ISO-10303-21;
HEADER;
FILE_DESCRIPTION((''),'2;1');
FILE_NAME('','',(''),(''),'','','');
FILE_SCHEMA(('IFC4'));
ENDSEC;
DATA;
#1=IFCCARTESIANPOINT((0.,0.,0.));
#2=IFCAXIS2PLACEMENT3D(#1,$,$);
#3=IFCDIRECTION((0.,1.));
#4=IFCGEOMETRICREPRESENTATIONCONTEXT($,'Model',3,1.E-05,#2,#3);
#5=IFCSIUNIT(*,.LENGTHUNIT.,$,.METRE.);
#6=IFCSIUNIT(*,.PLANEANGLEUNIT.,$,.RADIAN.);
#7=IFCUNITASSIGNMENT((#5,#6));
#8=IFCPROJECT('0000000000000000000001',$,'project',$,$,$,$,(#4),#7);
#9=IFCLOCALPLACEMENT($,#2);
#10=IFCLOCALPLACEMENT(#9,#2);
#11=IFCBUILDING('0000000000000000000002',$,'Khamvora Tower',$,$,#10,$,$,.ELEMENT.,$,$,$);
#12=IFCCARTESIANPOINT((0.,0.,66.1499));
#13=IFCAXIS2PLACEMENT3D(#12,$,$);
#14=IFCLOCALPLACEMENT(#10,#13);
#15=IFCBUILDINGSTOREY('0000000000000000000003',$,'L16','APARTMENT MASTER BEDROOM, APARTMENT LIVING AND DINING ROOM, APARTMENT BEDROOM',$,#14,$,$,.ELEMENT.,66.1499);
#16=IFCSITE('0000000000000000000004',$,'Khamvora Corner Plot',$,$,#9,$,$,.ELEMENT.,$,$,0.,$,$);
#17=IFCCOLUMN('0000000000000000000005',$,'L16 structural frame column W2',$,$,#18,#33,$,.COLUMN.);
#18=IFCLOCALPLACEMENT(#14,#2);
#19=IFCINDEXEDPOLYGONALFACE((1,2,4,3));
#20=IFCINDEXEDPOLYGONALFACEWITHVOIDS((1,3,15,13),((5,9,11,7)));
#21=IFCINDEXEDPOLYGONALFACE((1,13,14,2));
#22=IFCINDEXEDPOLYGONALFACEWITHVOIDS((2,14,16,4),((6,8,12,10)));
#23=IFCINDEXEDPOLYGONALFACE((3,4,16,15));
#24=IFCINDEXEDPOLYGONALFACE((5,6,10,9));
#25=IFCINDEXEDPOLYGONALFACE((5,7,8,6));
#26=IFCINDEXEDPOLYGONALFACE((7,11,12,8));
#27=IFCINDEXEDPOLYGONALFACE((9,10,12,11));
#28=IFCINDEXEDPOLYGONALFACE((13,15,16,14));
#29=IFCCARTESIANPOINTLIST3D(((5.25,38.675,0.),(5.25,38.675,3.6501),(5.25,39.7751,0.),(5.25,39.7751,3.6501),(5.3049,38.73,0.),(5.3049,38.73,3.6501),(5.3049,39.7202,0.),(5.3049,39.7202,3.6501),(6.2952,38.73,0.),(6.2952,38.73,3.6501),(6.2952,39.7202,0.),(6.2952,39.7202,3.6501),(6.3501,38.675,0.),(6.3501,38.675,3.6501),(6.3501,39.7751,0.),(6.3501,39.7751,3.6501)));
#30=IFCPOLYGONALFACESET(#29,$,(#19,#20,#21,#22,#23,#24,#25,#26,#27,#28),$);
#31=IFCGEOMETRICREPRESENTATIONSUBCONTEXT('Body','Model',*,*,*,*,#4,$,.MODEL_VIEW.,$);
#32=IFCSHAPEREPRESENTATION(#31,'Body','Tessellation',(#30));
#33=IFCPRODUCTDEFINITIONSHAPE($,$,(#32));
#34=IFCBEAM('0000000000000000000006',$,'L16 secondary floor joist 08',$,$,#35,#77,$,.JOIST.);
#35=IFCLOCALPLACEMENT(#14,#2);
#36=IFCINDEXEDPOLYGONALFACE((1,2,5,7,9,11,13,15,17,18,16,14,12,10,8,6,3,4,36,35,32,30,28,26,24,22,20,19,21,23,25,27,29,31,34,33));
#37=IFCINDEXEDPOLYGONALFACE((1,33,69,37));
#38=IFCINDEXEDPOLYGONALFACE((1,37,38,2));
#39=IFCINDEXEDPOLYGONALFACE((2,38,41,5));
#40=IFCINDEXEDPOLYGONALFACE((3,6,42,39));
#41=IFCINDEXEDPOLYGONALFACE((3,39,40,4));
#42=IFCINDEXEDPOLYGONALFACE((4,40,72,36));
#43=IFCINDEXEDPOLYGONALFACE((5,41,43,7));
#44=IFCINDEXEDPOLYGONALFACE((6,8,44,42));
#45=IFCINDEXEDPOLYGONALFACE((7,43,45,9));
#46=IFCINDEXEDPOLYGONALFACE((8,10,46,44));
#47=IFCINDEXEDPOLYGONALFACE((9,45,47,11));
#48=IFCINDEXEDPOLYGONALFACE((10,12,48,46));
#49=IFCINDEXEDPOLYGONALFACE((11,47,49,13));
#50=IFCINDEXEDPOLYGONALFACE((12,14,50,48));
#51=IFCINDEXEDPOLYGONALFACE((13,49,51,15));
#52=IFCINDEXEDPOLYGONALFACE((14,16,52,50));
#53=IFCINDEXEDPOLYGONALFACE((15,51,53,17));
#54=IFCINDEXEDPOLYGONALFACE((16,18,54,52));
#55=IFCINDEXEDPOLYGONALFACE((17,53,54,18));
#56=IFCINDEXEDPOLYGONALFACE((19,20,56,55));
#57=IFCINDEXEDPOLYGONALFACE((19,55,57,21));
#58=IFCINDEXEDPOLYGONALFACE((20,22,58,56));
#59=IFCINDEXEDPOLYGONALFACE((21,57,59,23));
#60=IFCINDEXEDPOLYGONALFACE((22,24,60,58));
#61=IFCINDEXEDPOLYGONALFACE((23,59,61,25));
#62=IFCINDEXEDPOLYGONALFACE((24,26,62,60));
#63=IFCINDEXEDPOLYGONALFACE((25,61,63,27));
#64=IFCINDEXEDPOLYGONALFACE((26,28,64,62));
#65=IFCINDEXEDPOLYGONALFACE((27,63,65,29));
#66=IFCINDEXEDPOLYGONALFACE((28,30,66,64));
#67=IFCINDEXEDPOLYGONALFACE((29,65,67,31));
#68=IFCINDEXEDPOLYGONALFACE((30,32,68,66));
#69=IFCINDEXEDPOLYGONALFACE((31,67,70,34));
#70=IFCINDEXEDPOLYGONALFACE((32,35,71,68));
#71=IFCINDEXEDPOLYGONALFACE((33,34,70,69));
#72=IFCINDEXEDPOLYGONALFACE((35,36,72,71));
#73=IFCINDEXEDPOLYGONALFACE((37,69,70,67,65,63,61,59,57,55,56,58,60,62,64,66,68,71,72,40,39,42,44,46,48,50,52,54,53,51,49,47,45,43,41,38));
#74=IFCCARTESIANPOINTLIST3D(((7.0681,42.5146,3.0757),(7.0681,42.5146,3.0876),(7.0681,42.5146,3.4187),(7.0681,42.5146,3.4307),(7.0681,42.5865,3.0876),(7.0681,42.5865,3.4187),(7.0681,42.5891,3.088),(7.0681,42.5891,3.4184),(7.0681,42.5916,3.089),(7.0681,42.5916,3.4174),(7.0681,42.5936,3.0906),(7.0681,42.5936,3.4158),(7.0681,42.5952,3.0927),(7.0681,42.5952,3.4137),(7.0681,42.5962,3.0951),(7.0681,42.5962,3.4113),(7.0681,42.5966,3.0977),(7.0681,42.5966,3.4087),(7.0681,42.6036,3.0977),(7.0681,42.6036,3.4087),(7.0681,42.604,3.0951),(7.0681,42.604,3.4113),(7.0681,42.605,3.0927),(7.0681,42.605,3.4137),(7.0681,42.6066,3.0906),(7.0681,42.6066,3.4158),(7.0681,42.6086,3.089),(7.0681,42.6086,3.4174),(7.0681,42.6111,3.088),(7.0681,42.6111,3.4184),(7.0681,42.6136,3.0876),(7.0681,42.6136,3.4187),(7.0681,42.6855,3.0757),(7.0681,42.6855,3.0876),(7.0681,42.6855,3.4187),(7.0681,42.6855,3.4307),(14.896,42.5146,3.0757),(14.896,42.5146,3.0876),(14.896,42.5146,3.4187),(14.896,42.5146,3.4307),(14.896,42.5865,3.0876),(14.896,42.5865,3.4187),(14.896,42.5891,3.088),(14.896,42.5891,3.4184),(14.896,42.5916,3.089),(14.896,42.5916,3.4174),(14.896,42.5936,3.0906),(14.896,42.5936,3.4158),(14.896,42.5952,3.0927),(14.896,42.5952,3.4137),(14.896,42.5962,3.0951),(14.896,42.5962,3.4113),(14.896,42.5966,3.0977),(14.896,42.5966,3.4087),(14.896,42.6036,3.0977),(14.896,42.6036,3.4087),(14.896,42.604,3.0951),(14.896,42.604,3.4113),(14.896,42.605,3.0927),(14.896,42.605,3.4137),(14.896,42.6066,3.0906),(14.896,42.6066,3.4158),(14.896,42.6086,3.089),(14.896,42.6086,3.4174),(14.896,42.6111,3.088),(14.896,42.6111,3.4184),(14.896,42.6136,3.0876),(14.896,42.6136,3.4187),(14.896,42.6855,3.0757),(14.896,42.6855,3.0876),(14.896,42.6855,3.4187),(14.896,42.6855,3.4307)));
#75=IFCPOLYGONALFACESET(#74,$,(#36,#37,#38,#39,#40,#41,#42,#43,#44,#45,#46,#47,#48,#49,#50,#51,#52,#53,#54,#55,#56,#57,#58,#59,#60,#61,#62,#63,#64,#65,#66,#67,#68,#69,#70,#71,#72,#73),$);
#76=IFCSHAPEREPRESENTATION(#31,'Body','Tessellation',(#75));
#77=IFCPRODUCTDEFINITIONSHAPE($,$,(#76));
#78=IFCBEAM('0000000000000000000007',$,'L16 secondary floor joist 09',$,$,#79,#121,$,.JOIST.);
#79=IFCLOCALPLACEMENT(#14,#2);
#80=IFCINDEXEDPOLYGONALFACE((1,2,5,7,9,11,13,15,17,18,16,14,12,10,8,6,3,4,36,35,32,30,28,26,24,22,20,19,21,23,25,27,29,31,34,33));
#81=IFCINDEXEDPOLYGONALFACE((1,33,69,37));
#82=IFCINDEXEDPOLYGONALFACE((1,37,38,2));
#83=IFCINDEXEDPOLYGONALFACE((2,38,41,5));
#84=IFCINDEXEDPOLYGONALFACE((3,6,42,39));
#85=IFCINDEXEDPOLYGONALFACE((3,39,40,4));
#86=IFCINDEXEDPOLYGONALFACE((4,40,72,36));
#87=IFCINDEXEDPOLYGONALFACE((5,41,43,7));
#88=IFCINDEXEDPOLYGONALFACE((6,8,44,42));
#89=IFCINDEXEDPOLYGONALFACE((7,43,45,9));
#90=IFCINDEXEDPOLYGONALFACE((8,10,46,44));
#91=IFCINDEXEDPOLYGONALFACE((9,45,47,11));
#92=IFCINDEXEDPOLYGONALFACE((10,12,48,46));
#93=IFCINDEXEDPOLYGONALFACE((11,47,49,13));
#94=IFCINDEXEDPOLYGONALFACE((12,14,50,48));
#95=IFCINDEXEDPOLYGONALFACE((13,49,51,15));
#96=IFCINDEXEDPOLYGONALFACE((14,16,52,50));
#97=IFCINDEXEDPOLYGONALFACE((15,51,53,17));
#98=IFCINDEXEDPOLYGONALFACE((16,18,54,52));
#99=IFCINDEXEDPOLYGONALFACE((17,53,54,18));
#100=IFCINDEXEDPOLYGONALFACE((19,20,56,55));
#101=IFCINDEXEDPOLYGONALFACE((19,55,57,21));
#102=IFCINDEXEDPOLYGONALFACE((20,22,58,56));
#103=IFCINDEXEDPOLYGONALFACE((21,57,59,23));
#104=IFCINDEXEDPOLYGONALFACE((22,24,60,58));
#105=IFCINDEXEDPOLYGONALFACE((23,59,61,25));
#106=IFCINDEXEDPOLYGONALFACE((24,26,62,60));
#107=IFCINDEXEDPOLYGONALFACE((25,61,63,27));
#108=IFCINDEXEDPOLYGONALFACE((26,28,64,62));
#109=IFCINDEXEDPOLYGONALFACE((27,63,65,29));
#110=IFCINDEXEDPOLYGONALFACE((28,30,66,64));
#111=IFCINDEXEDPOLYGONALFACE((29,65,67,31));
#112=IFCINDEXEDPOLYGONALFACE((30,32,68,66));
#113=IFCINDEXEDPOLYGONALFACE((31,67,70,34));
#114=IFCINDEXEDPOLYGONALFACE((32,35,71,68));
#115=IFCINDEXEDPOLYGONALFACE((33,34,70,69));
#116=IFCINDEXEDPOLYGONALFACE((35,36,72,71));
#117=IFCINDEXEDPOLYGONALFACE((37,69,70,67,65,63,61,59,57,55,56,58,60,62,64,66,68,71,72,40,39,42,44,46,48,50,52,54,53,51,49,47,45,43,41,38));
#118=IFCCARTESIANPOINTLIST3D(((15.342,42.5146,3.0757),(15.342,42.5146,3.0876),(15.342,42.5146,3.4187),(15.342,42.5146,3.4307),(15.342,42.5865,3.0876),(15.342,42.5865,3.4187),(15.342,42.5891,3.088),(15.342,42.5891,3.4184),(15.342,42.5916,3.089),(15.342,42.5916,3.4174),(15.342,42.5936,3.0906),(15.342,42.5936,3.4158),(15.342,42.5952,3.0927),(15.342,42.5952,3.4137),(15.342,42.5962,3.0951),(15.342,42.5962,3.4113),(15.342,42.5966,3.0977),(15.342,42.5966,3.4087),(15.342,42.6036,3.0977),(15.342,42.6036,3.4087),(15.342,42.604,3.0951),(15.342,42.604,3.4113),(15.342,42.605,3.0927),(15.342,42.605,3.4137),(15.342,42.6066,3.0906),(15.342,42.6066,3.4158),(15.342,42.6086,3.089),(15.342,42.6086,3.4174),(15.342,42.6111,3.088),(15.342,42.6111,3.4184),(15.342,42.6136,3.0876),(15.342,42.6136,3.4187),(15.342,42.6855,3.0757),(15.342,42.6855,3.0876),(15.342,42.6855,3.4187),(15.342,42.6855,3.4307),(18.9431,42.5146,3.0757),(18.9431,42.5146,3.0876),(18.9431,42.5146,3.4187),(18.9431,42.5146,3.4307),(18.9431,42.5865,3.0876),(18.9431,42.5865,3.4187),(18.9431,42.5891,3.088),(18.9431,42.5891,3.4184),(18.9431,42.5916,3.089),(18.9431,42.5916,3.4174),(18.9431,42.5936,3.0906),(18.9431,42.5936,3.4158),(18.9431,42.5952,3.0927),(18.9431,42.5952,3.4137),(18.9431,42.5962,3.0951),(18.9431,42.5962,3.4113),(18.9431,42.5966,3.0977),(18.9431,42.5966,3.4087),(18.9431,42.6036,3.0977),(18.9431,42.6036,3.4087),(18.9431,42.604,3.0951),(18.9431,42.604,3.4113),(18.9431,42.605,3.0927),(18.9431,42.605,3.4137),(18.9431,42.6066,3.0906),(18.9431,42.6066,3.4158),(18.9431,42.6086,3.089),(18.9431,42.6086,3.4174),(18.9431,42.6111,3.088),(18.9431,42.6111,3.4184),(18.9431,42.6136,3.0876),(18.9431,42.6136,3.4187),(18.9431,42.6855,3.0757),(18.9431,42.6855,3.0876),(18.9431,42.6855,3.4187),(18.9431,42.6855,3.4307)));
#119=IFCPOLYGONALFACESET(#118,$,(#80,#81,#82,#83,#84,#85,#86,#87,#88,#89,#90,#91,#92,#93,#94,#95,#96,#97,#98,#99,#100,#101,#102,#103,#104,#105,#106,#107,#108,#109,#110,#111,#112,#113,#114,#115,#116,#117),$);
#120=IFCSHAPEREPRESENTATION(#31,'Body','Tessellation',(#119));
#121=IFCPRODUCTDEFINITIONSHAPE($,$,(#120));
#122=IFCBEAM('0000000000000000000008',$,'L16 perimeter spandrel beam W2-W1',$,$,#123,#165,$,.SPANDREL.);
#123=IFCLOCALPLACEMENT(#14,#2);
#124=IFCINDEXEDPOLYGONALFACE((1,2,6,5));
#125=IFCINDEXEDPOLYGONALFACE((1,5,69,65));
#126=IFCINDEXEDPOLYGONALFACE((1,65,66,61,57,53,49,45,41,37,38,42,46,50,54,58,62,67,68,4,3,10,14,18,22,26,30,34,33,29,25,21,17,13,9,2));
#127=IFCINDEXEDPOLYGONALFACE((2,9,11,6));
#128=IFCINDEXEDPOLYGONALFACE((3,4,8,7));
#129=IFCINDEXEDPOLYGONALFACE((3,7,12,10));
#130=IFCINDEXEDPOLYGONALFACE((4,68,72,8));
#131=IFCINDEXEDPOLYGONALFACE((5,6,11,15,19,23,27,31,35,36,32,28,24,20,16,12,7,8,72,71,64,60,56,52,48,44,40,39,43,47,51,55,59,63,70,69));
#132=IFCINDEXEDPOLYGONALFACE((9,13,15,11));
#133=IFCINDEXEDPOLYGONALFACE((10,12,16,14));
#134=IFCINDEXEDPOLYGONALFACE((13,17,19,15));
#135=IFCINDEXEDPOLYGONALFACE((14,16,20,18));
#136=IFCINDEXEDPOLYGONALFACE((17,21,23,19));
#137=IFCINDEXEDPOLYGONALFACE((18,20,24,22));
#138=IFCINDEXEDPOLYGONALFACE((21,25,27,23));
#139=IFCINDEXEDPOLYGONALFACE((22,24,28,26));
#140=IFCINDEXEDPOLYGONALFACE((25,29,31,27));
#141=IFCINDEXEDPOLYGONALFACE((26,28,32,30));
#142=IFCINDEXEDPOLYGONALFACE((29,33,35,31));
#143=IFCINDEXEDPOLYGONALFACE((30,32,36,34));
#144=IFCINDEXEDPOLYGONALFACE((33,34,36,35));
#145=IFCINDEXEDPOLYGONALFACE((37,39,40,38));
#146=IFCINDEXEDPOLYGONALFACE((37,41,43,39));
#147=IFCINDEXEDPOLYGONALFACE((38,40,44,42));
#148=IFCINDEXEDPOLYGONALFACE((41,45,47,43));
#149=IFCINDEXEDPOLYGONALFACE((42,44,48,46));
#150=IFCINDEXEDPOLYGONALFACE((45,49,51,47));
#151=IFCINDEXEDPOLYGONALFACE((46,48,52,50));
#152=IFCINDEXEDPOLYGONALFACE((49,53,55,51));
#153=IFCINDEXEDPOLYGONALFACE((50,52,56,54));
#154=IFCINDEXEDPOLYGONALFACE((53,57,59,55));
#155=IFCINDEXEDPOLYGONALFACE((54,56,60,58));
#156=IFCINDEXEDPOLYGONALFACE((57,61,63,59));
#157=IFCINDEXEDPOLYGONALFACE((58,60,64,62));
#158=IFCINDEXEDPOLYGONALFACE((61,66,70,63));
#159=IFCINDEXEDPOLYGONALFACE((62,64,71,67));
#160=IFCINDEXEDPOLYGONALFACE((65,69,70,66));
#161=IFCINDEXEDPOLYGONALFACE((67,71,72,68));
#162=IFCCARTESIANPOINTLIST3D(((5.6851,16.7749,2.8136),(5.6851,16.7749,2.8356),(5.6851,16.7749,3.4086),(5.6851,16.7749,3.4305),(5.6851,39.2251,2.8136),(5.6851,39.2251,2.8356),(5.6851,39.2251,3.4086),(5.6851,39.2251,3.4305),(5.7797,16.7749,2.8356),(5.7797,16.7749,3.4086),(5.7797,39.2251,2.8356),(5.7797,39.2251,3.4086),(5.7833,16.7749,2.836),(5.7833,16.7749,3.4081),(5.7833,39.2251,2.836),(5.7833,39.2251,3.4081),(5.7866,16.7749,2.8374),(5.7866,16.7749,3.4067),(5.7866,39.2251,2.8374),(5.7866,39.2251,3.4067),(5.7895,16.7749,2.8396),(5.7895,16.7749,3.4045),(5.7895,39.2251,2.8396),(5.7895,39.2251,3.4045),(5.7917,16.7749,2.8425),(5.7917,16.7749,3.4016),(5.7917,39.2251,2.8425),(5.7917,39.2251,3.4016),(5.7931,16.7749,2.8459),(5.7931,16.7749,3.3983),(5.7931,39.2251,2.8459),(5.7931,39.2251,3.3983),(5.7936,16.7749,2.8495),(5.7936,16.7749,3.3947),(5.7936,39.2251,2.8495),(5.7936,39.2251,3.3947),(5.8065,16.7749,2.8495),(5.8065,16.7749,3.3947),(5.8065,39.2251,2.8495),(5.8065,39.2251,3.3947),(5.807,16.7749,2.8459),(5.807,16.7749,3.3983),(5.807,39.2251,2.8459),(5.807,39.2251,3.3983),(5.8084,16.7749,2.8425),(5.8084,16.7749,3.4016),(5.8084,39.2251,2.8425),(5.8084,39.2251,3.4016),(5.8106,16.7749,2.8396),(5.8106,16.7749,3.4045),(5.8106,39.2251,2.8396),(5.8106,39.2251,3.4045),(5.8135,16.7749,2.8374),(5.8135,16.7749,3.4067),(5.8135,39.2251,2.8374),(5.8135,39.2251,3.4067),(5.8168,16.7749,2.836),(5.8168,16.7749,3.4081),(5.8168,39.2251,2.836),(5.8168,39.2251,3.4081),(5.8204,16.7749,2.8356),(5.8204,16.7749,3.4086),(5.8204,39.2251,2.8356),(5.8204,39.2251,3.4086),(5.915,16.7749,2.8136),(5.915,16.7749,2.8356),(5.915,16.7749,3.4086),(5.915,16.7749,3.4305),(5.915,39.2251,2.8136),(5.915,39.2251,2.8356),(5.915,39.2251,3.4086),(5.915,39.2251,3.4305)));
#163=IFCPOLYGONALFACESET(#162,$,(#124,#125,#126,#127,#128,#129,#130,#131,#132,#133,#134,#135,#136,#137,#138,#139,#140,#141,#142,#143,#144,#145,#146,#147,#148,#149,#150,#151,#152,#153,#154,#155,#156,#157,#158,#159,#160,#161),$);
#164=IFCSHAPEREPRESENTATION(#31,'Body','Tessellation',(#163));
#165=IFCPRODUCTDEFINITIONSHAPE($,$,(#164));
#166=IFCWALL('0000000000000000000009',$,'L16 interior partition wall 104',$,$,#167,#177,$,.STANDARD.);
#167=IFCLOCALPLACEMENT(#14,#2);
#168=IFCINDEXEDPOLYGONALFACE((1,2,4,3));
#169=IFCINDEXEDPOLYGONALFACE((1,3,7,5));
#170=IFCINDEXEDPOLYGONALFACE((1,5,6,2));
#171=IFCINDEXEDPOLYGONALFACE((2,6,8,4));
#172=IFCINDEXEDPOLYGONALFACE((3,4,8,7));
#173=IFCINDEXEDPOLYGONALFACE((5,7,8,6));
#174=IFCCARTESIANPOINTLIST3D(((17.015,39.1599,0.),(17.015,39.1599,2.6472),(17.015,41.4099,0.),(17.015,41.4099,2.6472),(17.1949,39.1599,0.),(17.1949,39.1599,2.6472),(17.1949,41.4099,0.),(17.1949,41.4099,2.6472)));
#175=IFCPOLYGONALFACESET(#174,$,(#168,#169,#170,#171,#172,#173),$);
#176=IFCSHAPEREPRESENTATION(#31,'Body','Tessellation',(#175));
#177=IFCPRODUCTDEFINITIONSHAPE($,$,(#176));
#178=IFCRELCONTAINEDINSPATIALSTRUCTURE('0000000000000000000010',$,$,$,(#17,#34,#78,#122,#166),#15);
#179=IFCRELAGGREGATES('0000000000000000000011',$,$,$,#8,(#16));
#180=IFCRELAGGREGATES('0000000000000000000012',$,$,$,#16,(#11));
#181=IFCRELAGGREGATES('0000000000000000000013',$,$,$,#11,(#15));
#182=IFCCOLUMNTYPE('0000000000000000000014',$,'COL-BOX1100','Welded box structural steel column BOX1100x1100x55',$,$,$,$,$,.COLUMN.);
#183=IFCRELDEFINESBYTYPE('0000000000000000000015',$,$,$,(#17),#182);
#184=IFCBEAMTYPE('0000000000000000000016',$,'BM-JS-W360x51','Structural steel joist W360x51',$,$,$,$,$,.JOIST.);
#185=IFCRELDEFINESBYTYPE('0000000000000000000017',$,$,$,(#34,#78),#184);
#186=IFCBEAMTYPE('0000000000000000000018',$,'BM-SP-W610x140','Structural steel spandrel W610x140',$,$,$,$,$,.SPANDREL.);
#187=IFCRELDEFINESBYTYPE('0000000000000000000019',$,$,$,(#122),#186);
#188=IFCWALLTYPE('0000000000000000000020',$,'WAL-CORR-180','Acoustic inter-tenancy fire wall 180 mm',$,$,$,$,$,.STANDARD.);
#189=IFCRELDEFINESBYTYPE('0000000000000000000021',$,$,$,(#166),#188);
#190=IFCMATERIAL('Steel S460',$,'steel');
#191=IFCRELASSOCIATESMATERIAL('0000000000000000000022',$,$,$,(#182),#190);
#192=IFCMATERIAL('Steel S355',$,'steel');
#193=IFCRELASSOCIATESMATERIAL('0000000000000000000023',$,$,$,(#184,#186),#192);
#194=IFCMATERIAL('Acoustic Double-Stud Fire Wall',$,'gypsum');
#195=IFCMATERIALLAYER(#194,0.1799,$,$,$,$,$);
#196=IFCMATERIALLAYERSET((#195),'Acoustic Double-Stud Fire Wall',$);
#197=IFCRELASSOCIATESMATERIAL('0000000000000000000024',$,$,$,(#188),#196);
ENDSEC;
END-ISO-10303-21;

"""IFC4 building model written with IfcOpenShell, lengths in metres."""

from ifc_helpers import new_model, si_unit, direction, frame, frame_2d, origin, origin_2d, place, context, subcontext, project, spatial, rectangle, hollow_rectangle, i_section, extrude, material, layer, layer_set, material_profile, profile_set, type_object, element, save


model = new_model("IFC4")

# Units and contexts
model_context = context("Model", 3, precision=1e-05, world=origin(), true_north=direction((0.0, 1.0)))
body_context = subcontext(model_context, "Body", "Model", "MODEL_VIEW")
ifc_project = project(units=[si_unit("LENGTHUNIT", "METRE"), si_unit("PLANEANGLEUNIT", "RADIAN")], contexts=[model_context])

# Site, building, storey
site_placement = place(None, origin())
site = spatial("IfcSite", under=ifc_project, at=site_placement, Name="Khamvora Corner Plot", CompositionType="ELEMENT", RefElevation=0.0)
building_placement = place(site_placement, origin())
building = spatial("IfcBuilding", under=site, at=building_placement, Name="Khamvora Tower", CompositionType="ELEMENT")
storey_placement = place(building_placement, frame((0.0, 0.0, 66.1499)))
storey = spatial("IfcBuildingStorey", under=building, at=storey_placement, Name="L16", Description="APARTMENT MASTER BEDROOM, APARTMENT LIVING AND DINING ROOM, APARTMENT BEDROOM", CompositionType="ELEMENT", Elevation=66.1499)

# Column
ifc_material_1 = material(Name="Steel S460", Category="steel")
ifc_material_profile_1 = material_profile(ifc_material_1, hollow_rectangle(XDim=1.1001, YDim=1.1001, WallThickness=0.0549, at=origin_2d()), Name="BOX1100x1100x55")
ifc_profile_set_1 = profile_set([ifc_material_profile_1], Name="Steel S460")
column_type = type_object("IfcColumnType", Name="COL-BOX1100", Description="Welded box structural steel column BOX1100x1100x55", PredefinedType="COLUMN", material=ifc_profile_set_1)
column_placement = place(storey_placement, frame((5.8, 39.2251, 0.0), z_axis=(0.0, 0.0, 1.0), x_axis=(1.0, 0.0, 0.0)))
element("IfcColumn", 1, at=column_placement, inside=storey, type_object=column_type, Name="L16 structural frame column W2", PredefinedType="COLUMN", context=body_context, shape_type="SweptSolid", body=[
    extrude(hollow_rectangle(XDim=1.1001, YDim=1.1001, WallThickness=0.0549, at=origin_2d()), origin(), (0.0, 0.0, 1.0), 3.6501),
])

# Beams
ifc_material_2 = material(Name="Steel S355", Category="steel")
ifc_material_profile_2 = material_profile(ifc_material_2, i_section(OverallWidth=0.1709, OverallDepth=0.355, WebThickness=0.0071, FlangeThickness=0.012, FilletRadius=0.01, at=origin_2d()), Name="W360x51")
ifc_profile_set_2 = profile_set([ifc_material_profile_2], Name="Steel S355")
beam_type_1 = type_object("IfcBeamType", Name="BM-JS-W360x51", Description="Structural steel joist W360x51", PredefinedType="JOIST", material=ifc_profile_set_2)
beam_1_placement = place(storey_placement, frame((7.0681, 42.6001, 3.2532), z_axis=(1.0, 0.0, 0.0), x_axis=(0.0, 1.0, 0.0)))
element("IfcBeam", 2, at=beam_1_placement, inside=storey, type_object=beam_type_1, Name="L16 secondary floor joist 08", PredefinedType="JOIST", context=body_context, shape_type="SweptSolid", body=[
    extrude(i_section(OverallWidth=0.1709, OverallDepth=0.355, WebThickness=0.0071, FlangeThickness=0.012, FilletRadius=0.01, at=origin_2d()), origin(), (0.0, 0.0, 1.0), 7.8279),
])
beam_2_placement = place(storey_placement, frame((15.342, 42.6001, 3.2532), z_axis=(1.0, 0.0, 0.0), x_axis=(0.0, 1.0, 0.0)))
element("IfcBeam", 3, at=beam_2_placement, inside=storey, type_object=beam_type_1, Name="L16 secondary floor joist 09", PredefinedType="JOIST", context=body_context, shape_type="SweptSolid", body=[
    extrude(i_section(OverallWidth=0.1709, OverallDepth=0.355, WebThickness=0.0071, FlangeThickness=0.012, FilletRadius=0.01, at=origin_2d()), origin(), (0.0, 0.0, 1.0), 3.6011),
])
ifc_material_profile_3 = material_profile(ifc_material_2, i_section(OverallWidth=0.23, OverallDepth=0.6169, WebThickness=0.0129, FlangeThickness=0.022, FilletRadius=0.0139, at=origin_2d()), Name="W610x140")
ifc_profile_set_3 = profile_set([ifc_material_profile_3], Name="Steel S355")
beam_type_2 = type_object("IfcBeamType", Name="BM-SP-W610x140", Description="Structural steel spandrel W610x140", PredefinedType="SPANDREL", material=ifc_profile_set_3)
beam_3_placement = place(storey_placement, frame((5.8, 39.2251, 3.1221), z_axis=(0.0, -1.0, 0.0), x_axis=(1.0, 0.0, 0.0)))
element("IfcBeam", 4, at=beam_3_placement, inside=storey, type_object=beam_type_2, Name="L16 perimeter spandrel beam W2-W1", PredefinedType="SPANDREL", context=body_context, shape_type="SweptSolid", body=[
    extrude(i_section(OverallWidth=0.23, OverallDepth=0.6169, WebThickness=0.0129, FlangeThickness=0.022, FilletRadius=0.0139, at=origin_2d()), origin(), (0.0, 0.0, 1.0), 22.4502),
])

# Wall
ifc_material_3 = material(Name="Acoustic Double-Stud Fire Wall", Category="gypsum")
ifc_layer_1 = layer(ifc_material_3, 0.1799)
ifc_layer_set_1 = layer_set([ifc_layer_1], Name="Acoustic Double-Stud Fire Wall")
wall_type_1 = type_object("IfcWallType", Name="WAL-CORR-180", Description="Acoustic inter-tenancy fire wall 180 mm", PredefinedType="STANDARD", material=ifc_layer_set_1)
wall_1_placement = place(storey_placement, frame((17.105, 41.4099, 0.0), z_axis=(0.0, 0.0, 1.0), x_axis=(0.0, -1.0, 0.0)))
element("IfcWall", 5, at=wall_1_placement, inside=storey, type_object=wall_type_1, Name="L16 interior partition wall 104", PredefinedType="STANDARD", context=body_context, shape_type="SweptSolid", body=[
    extrude(rectangle(XDim=2.25, YDim=0.1799, at=frame_2d((1.125, 0.0))), origin(), (0.0, 0.0, 1.0), 2.6472),
])

save(model, "model.ifc")
